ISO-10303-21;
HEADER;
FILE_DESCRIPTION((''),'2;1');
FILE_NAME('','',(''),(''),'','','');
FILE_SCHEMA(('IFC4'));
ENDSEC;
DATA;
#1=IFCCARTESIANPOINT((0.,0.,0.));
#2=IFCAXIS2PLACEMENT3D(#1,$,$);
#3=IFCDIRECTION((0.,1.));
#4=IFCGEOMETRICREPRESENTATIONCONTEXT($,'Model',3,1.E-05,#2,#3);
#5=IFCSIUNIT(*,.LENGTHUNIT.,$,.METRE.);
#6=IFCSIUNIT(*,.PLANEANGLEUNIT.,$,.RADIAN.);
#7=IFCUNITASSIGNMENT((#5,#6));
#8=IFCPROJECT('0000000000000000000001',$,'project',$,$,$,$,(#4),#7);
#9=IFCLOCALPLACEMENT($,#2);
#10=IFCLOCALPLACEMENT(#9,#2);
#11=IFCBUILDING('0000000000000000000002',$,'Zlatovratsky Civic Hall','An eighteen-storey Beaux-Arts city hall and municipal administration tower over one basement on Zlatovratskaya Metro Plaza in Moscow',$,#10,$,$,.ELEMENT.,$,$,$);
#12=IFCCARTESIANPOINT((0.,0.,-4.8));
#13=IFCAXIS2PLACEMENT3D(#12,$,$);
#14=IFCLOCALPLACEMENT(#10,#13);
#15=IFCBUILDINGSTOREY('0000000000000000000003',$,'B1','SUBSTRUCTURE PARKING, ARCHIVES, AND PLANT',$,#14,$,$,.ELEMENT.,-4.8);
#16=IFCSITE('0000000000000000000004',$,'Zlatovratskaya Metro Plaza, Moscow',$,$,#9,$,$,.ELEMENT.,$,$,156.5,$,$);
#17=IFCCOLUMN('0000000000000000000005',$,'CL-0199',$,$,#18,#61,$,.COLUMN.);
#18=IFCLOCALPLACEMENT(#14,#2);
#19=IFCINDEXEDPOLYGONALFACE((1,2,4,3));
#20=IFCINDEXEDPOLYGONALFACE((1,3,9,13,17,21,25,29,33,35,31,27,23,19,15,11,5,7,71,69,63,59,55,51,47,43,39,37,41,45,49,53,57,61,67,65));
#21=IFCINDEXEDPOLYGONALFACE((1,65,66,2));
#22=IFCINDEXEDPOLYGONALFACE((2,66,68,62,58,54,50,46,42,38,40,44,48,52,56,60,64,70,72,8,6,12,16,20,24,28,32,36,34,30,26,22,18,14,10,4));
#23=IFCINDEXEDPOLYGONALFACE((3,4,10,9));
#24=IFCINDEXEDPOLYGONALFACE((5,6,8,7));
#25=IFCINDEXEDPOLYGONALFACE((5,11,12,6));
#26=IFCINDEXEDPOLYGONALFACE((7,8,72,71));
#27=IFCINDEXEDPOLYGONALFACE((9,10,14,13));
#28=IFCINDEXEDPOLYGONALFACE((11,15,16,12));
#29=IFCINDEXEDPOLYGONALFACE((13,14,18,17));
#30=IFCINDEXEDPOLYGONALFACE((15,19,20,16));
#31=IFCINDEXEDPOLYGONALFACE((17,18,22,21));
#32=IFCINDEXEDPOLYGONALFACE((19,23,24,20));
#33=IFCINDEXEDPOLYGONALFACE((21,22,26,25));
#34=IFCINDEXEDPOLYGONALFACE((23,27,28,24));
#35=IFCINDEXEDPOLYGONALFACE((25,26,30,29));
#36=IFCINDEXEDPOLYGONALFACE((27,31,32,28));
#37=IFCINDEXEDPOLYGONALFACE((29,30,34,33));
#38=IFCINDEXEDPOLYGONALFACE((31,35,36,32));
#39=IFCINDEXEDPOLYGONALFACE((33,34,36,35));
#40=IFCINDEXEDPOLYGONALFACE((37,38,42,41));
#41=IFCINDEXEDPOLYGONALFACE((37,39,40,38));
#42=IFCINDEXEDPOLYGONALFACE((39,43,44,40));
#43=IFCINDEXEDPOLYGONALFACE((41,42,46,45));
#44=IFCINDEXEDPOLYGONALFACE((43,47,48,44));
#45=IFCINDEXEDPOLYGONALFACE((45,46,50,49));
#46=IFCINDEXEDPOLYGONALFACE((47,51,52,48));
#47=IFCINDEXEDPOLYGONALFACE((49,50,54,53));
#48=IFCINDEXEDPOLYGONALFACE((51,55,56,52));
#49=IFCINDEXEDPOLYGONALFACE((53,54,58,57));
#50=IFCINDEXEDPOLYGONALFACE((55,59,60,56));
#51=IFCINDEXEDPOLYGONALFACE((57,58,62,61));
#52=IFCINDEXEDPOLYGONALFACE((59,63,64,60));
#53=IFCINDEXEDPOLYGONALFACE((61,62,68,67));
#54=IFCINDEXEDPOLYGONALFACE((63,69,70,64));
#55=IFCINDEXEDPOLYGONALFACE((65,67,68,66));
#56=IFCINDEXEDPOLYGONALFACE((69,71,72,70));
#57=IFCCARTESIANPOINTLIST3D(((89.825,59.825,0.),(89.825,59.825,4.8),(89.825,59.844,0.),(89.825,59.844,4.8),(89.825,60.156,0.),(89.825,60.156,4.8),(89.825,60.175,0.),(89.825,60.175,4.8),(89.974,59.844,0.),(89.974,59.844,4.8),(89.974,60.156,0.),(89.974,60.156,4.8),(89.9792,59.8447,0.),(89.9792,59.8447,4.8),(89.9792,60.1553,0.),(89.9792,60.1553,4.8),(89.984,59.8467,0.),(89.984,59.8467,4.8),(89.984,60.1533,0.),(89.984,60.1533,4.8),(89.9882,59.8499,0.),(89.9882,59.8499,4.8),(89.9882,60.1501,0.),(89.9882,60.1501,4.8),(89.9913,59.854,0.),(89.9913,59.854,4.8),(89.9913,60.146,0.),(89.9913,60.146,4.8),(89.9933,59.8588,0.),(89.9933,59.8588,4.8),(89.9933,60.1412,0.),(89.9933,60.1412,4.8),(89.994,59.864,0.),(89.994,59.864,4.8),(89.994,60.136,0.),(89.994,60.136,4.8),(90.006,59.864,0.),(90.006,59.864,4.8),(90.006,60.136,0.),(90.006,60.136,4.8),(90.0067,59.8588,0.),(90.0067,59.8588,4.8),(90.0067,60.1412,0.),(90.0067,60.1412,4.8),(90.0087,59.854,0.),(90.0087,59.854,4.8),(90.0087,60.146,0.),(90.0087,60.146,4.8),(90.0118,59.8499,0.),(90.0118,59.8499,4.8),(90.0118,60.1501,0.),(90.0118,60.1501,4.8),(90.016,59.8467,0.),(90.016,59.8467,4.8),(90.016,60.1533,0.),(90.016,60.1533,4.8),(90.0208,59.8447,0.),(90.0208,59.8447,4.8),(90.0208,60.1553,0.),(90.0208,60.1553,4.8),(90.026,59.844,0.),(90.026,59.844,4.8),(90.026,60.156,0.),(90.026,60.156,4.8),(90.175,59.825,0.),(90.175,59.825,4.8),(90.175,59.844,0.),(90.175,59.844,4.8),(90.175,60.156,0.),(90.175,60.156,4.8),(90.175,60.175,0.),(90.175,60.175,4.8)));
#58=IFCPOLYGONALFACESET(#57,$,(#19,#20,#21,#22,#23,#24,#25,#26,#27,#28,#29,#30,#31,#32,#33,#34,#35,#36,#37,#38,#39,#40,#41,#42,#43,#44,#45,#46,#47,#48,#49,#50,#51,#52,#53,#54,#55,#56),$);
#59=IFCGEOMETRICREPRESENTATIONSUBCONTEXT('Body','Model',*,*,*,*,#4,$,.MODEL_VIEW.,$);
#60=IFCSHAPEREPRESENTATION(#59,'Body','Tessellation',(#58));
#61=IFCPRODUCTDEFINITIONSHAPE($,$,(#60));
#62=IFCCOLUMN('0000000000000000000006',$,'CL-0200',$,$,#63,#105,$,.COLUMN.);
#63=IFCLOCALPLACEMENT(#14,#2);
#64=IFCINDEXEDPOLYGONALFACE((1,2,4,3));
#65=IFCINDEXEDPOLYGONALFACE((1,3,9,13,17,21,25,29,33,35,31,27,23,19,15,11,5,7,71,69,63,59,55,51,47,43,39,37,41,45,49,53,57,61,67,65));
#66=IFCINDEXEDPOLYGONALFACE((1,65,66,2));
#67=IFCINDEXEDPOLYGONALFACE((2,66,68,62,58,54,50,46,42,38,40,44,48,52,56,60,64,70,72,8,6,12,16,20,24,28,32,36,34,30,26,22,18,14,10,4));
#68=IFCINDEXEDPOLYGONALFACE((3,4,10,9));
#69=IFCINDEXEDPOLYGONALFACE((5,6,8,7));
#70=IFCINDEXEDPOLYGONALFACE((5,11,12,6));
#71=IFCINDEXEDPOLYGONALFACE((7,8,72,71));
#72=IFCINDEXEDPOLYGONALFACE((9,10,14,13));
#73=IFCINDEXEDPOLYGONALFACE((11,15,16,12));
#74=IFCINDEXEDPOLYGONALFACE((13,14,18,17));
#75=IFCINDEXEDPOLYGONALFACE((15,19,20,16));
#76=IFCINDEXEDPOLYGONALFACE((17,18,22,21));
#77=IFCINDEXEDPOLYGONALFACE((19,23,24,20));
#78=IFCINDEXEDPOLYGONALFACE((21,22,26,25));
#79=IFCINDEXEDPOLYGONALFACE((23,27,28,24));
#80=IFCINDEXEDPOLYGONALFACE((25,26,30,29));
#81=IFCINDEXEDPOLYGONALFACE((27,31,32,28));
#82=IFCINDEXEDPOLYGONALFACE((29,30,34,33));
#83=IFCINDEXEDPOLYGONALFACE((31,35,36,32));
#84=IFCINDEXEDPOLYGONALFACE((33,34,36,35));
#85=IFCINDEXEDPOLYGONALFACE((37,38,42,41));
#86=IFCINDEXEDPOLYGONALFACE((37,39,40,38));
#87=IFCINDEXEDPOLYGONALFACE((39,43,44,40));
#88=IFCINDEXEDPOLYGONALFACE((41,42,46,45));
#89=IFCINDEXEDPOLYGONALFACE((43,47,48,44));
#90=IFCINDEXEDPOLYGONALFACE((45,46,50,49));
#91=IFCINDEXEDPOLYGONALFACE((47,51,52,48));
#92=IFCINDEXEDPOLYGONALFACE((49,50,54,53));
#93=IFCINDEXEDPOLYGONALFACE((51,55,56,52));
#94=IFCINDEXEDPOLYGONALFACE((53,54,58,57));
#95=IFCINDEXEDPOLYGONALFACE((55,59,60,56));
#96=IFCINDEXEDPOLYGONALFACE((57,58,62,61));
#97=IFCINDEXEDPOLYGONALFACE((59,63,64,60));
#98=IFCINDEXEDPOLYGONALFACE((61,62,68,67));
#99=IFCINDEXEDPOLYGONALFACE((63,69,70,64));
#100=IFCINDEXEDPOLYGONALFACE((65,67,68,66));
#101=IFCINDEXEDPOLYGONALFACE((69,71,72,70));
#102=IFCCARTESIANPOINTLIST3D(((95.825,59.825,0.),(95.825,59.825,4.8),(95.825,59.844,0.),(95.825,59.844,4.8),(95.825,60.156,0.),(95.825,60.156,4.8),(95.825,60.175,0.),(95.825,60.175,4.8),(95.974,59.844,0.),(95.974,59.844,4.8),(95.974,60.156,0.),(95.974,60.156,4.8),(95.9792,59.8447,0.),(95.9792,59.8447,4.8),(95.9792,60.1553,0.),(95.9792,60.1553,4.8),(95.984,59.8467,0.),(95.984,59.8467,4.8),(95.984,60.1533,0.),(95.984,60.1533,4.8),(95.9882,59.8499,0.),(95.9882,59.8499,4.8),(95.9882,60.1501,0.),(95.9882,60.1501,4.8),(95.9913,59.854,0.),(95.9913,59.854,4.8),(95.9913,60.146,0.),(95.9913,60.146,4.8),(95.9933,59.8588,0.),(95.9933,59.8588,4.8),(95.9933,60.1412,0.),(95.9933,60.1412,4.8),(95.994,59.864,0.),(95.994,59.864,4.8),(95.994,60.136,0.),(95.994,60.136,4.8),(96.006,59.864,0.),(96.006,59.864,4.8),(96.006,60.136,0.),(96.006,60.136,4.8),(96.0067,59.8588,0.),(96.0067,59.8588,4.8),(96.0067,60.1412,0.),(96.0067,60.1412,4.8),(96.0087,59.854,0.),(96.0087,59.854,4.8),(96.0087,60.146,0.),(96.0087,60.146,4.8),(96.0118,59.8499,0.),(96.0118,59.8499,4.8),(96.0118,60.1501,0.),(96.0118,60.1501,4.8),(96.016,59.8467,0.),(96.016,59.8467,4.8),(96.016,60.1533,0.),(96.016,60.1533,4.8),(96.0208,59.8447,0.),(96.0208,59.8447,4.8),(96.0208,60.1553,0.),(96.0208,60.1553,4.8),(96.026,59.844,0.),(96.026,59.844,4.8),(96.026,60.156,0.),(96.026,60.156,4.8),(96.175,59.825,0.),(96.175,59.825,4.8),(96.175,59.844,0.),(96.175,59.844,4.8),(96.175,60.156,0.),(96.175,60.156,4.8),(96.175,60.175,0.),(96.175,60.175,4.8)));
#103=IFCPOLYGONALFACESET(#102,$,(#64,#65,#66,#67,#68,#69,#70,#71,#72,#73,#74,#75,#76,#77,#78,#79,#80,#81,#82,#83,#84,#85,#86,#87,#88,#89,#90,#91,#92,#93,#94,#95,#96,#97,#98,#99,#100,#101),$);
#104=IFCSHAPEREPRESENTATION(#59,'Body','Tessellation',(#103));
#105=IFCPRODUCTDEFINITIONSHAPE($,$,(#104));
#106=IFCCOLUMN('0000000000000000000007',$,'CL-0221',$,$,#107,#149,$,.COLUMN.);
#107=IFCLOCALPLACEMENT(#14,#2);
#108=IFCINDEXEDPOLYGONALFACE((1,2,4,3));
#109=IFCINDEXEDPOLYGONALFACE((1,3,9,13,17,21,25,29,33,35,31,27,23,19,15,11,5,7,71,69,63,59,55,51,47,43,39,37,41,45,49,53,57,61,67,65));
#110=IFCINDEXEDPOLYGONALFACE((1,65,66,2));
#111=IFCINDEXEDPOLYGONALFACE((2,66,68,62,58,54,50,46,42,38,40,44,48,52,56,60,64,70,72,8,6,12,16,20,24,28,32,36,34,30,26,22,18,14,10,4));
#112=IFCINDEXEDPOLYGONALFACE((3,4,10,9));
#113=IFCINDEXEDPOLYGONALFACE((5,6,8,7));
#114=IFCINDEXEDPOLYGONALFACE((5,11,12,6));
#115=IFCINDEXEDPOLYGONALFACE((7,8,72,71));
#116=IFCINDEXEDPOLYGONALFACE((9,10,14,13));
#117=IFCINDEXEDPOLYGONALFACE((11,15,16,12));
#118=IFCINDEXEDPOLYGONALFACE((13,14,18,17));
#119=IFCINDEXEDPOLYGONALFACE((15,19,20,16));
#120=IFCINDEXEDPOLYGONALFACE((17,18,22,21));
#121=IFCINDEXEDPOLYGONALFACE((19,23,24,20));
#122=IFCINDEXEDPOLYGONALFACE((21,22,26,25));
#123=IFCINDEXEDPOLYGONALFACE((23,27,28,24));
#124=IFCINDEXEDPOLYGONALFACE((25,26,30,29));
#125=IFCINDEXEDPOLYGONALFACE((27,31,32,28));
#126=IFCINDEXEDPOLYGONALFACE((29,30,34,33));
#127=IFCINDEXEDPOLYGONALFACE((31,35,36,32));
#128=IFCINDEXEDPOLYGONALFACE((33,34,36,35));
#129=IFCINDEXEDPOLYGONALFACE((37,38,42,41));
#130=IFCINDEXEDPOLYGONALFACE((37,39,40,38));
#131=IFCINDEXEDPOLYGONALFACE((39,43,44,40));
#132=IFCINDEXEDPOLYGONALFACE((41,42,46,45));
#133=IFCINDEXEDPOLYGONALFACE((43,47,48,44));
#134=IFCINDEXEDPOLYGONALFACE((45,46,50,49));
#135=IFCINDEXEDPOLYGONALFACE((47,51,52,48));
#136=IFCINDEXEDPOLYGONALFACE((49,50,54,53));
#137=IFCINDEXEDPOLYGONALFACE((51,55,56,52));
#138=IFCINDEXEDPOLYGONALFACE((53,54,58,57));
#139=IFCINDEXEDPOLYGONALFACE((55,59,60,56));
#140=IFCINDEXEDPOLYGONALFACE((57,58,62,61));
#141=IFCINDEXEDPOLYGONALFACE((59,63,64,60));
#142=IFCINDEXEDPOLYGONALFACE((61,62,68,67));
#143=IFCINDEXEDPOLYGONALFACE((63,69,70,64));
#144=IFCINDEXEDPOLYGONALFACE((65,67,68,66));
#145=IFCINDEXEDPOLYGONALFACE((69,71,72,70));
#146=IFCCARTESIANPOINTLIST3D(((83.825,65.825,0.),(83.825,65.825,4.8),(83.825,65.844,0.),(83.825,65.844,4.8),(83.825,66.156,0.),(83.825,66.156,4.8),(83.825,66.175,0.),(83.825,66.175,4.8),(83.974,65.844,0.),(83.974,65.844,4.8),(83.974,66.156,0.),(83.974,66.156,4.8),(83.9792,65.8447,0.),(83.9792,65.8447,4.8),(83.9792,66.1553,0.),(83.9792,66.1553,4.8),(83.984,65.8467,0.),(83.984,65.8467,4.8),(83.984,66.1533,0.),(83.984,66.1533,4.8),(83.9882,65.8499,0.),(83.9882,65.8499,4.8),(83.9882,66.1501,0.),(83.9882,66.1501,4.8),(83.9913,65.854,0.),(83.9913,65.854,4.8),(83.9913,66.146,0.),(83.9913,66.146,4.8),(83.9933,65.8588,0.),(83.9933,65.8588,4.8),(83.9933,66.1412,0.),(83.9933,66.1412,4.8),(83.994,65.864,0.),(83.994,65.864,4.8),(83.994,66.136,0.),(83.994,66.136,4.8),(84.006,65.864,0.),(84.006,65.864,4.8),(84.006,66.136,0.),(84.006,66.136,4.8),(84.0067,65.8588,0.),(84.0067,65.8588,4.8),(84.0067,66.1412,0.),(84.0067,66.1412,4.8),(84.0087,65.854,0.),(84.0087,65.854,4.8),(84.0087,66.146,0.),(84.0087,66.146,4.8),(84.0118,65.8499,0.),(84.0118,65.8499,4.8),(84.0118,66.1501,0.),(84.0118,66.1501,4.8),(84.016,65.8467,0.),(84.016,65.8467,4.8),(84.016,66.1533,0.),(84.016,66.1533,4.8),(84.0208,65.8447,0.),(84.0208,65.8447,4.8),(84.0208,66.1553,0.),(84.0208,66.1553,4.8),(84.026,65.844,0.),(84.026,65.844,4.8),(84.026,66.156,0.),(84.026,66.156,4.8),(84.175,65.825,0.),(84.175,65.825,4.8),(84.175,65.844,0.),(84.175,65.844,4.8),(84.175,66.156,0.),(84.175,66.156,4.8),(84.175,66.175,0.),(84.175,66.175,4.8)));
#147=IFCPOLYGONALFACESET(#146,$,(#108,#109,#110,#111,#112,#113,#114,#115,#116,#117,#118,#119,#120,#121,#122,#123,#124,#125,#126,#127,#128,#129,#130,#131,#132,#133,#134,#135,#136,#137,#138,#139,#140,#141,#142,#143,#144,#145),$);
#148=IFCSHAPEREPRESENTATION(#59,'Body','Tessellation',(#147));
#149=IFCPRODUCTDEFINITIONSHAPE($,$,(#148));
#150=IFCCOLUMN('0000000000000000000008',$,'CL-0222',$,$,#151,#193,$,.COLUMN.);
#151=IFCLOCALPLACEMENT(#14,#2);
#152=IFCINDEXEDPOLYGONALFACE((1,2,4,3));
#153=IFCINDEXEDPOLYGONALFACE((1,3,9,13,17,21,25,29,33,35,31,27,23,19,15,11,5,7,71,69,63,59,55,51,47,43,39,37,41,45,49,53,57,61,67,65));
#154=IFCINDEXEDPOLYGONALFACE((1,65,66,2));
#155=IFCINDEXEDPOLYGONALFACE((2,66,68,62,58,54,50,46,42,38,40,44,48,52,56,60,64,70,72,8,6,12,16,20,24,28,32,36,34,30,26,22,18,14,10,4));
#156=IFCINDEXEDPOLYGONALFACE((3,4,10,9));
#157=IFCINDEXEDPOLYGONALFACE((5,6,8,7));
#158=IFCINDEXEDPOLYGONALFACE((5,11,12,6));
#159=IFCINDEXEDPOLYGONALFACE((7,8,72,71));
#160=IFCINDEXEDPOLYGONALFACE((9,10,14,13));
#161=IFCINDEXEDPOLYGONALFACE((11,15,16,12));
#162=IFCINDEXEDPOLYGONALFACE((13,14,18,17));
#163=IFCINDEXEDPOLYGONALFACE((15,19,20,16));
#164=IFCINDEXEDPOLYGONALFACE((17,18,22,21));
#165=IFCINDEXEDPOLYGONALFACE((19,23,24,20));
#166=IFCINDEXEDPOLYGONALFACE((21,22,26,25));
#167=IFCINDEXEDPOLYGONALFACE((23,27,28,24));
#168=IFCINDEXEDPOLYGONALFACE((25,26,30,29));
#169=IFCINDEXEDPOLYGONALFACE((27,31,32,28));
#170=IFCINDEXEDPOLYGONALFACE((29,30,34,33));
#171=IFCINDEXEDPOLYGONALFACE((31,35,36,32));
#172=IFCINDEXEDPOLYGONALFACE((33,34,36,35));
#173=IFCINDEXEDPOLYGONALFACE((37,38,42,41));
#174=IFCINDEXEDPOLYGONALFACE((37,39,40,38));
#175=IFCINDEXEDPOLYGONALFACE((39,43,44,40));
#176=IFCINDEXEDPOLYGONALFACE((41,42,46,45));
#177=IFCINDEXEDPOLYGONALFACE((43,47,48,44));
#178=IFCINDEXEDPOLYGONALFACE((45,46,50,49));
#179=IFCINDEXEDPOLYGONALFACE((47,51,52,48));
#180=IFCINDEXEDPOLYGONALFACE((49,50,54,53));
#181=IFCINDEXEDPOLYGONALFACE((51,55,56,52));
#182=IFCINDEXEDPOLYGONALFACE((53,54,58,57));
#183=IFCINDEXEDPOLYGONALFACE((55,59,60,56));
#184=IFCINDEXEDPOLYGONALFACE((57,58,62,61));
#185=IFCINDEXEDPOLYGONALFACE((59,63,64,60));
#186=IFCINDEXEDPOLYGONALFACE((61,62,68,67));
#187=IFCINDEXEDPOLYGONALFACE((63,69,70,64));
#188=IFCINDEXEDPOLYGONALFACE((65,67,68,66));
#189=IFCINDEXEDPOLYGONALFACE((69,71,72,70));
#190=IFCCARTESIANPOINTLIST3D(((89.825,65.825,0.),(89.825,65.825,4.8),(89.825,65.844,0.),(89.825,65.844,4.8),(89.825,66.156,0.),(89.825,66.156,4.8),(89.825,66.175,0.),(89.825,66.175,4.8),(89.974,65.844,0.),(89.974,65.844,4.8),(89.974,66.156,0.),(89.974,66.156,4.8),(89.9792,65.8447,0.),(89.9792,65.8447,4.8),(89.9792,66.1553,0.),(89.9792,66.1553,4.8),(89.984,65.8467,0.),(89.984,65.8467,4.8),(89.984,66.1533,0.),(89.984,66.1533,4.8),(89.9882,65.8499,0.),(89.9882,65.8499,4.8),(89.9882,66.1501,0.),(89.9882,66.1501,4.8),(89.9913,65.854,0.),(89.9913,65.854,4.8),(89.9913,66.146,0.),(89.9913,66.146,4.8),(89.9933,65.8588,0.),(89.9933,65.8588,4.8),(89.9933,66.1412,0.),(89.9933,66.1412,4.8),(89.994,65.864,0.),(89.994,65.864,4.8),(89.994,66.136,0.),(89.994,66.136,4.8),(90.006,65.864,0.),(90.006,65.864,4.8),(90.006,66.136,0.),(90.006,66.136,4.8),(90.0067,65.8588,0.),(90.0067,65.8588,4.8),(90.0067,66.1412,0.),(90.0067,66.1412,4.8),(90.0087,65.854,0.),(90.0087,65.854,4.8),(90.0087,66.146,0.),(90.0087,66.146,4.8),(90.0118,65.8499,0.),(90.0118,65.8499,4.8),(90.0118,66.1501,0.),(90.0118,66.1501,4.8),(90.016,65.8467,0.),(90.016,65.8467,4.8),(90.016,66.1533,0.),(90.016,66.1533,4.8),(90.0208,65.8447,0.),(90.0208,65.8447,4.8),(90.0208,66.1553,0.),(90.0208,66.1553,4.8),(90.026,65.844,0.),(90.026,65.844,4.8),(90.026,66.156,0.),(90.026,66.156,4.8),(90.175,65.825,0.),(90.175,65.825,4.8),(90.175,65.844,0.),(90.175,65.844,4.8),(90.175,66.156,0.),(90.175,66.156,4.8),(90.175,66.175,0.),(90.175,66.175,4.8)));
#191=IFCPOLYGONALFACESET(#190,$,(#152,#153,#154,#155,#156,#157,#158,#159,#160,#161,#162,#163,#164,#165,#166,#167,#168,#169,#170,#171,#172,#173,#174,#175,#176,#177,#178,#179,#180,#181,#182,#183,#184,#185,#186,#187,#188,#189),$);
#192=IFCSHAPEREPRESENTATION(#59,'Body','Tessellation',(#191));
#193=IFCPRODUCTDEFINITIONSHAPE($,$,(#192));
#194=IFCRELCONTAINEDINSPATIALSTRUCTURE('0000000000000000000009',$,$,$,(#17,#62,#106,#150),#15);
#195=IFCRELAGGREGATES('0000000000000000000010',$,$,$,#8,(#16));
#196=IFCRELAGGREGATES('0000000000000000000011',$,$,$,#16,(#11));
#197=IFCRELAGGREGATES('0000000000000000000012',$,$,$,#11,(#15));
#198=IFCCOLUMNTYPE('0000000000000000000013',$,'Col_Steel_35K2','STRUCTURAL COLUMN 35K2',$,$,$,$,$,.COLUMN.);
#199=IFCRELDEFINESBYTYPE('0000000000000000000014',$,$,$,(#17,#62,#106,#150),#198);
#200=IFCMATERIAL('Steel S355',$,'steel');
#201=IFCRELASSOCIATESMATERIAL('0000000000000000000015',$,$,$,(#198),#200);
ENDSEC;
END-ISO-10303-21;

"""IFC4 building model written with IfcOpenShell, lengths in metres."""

from ifc_helpers import new_model, si_unit, direction, frame, origin, origin_2d, place, context, subcontext, project, spatial, i_section, extrude, material, material_profile, profile_set, type_object, element, save


model = new_model("IFC4")

# Units and contexts
model_context = context("Model", 3, precision=1e-05, world=origin(), true_north=direction((0.0, 1.0)))
body_context = subcontext(model_context, "Body", "Model", "MODEL_VIEW")
ifc_project = project(units=[si_unit("LENGTHUNIT", "METRE"), si_unit("PLANEANGLEUNIT", "RADIAN")], contexts=[model_context])

# Site, building, storey
site_placement = place(None, origin())
site = spatial("IfcSite", under=ifc_project, at=site_placement, Name="Zlatovratskaya Metro Plaza, Moscow", CompositionType="ELEMENT", RefElevation=156.5)
building_placement = place(site_placement, origin())
building = spatial("IfcBuilding", under=site, at=building_placement, Name="Zlatovratsky Civic Hall", Description="An eighteen-storey Beaux-Arts city hall and municipal administration tower over one basement on Zlatovratskaya Metro Plaza in Moscow", CompositionType="ELEMENT")
storey_placement = place(building_placement, frame((0.0, 0.0, -4.8)))
storey = spatial("IfcBuildingStorey", under=building, at=storey_placement, Name="B1", Description="SUBSTRUCTURE PARKING, ARCHIVES, AND PLANT", CompositionType="ELEMENT", Elevation=-4.8)

# Columns
ifc_material_1 = material(Name="Steel S355", Category="steel")
ifc_material_profile_1 = material_profile(ifc_material_1, i_section(OverallWidth=0.3501, OverallDepth=0.3501, WebThickness=0.012, FlangeThickness=0.019, FilletRadius=0.02, at=origin_2d()), Name="35K2")
ifc_profile_set_1 = profile_set([ifc_material_profile_1], Name="Steel S355")
column_type = type_object("IfcColumnType", Name="Col_Steel_35K2", Description="STRUCTURAL COLUMN 35K2", PredefinedType="COLUMN", material=ifc_profile_set_1)
for number, where, z_axis, x_axis, name in (
    (1, (90.0, 60.0, 0.0), (0.0, 0.0, 1.0), (1.0, 0.0, 0.0), "CL-0199"),
    (2, (96.0, 60.0, 0.0), (0.0, 0.0, 1.0), (1.0, 0.0, 0.0), "CL-0200"),
    (3, (84.0, 66.0, 0.0), (0.0, 0.0, 1.0), (1.0, 0.0, 0.0), "CL-0221"),
    (4, (90.0, 66.0, 0.0), (0.0, 0.0, 1.0), (1.0, 0.0, 0.0), "CL-0222"),
):
    element("IfcColumn", number, at=place(storey_placement, frame(where, z_axis=z_axis, x_axis=x_axis)), inside=storey, type_object=column_type, Name=name, PredefinedType="COLUMN", context=body_context, shape_type="SweptSolid", body=[
        extrude(i_section(OverallWidth=0.3501, OverallDepth=0.3501, WebThickness=0.012, FlangeThickness=0.019, FilletRadius=0.02, at=origin_2d()), origin(), (0.0, 0.0, 1.0), 4.8),
    ])

save(model, "model.ifc")
